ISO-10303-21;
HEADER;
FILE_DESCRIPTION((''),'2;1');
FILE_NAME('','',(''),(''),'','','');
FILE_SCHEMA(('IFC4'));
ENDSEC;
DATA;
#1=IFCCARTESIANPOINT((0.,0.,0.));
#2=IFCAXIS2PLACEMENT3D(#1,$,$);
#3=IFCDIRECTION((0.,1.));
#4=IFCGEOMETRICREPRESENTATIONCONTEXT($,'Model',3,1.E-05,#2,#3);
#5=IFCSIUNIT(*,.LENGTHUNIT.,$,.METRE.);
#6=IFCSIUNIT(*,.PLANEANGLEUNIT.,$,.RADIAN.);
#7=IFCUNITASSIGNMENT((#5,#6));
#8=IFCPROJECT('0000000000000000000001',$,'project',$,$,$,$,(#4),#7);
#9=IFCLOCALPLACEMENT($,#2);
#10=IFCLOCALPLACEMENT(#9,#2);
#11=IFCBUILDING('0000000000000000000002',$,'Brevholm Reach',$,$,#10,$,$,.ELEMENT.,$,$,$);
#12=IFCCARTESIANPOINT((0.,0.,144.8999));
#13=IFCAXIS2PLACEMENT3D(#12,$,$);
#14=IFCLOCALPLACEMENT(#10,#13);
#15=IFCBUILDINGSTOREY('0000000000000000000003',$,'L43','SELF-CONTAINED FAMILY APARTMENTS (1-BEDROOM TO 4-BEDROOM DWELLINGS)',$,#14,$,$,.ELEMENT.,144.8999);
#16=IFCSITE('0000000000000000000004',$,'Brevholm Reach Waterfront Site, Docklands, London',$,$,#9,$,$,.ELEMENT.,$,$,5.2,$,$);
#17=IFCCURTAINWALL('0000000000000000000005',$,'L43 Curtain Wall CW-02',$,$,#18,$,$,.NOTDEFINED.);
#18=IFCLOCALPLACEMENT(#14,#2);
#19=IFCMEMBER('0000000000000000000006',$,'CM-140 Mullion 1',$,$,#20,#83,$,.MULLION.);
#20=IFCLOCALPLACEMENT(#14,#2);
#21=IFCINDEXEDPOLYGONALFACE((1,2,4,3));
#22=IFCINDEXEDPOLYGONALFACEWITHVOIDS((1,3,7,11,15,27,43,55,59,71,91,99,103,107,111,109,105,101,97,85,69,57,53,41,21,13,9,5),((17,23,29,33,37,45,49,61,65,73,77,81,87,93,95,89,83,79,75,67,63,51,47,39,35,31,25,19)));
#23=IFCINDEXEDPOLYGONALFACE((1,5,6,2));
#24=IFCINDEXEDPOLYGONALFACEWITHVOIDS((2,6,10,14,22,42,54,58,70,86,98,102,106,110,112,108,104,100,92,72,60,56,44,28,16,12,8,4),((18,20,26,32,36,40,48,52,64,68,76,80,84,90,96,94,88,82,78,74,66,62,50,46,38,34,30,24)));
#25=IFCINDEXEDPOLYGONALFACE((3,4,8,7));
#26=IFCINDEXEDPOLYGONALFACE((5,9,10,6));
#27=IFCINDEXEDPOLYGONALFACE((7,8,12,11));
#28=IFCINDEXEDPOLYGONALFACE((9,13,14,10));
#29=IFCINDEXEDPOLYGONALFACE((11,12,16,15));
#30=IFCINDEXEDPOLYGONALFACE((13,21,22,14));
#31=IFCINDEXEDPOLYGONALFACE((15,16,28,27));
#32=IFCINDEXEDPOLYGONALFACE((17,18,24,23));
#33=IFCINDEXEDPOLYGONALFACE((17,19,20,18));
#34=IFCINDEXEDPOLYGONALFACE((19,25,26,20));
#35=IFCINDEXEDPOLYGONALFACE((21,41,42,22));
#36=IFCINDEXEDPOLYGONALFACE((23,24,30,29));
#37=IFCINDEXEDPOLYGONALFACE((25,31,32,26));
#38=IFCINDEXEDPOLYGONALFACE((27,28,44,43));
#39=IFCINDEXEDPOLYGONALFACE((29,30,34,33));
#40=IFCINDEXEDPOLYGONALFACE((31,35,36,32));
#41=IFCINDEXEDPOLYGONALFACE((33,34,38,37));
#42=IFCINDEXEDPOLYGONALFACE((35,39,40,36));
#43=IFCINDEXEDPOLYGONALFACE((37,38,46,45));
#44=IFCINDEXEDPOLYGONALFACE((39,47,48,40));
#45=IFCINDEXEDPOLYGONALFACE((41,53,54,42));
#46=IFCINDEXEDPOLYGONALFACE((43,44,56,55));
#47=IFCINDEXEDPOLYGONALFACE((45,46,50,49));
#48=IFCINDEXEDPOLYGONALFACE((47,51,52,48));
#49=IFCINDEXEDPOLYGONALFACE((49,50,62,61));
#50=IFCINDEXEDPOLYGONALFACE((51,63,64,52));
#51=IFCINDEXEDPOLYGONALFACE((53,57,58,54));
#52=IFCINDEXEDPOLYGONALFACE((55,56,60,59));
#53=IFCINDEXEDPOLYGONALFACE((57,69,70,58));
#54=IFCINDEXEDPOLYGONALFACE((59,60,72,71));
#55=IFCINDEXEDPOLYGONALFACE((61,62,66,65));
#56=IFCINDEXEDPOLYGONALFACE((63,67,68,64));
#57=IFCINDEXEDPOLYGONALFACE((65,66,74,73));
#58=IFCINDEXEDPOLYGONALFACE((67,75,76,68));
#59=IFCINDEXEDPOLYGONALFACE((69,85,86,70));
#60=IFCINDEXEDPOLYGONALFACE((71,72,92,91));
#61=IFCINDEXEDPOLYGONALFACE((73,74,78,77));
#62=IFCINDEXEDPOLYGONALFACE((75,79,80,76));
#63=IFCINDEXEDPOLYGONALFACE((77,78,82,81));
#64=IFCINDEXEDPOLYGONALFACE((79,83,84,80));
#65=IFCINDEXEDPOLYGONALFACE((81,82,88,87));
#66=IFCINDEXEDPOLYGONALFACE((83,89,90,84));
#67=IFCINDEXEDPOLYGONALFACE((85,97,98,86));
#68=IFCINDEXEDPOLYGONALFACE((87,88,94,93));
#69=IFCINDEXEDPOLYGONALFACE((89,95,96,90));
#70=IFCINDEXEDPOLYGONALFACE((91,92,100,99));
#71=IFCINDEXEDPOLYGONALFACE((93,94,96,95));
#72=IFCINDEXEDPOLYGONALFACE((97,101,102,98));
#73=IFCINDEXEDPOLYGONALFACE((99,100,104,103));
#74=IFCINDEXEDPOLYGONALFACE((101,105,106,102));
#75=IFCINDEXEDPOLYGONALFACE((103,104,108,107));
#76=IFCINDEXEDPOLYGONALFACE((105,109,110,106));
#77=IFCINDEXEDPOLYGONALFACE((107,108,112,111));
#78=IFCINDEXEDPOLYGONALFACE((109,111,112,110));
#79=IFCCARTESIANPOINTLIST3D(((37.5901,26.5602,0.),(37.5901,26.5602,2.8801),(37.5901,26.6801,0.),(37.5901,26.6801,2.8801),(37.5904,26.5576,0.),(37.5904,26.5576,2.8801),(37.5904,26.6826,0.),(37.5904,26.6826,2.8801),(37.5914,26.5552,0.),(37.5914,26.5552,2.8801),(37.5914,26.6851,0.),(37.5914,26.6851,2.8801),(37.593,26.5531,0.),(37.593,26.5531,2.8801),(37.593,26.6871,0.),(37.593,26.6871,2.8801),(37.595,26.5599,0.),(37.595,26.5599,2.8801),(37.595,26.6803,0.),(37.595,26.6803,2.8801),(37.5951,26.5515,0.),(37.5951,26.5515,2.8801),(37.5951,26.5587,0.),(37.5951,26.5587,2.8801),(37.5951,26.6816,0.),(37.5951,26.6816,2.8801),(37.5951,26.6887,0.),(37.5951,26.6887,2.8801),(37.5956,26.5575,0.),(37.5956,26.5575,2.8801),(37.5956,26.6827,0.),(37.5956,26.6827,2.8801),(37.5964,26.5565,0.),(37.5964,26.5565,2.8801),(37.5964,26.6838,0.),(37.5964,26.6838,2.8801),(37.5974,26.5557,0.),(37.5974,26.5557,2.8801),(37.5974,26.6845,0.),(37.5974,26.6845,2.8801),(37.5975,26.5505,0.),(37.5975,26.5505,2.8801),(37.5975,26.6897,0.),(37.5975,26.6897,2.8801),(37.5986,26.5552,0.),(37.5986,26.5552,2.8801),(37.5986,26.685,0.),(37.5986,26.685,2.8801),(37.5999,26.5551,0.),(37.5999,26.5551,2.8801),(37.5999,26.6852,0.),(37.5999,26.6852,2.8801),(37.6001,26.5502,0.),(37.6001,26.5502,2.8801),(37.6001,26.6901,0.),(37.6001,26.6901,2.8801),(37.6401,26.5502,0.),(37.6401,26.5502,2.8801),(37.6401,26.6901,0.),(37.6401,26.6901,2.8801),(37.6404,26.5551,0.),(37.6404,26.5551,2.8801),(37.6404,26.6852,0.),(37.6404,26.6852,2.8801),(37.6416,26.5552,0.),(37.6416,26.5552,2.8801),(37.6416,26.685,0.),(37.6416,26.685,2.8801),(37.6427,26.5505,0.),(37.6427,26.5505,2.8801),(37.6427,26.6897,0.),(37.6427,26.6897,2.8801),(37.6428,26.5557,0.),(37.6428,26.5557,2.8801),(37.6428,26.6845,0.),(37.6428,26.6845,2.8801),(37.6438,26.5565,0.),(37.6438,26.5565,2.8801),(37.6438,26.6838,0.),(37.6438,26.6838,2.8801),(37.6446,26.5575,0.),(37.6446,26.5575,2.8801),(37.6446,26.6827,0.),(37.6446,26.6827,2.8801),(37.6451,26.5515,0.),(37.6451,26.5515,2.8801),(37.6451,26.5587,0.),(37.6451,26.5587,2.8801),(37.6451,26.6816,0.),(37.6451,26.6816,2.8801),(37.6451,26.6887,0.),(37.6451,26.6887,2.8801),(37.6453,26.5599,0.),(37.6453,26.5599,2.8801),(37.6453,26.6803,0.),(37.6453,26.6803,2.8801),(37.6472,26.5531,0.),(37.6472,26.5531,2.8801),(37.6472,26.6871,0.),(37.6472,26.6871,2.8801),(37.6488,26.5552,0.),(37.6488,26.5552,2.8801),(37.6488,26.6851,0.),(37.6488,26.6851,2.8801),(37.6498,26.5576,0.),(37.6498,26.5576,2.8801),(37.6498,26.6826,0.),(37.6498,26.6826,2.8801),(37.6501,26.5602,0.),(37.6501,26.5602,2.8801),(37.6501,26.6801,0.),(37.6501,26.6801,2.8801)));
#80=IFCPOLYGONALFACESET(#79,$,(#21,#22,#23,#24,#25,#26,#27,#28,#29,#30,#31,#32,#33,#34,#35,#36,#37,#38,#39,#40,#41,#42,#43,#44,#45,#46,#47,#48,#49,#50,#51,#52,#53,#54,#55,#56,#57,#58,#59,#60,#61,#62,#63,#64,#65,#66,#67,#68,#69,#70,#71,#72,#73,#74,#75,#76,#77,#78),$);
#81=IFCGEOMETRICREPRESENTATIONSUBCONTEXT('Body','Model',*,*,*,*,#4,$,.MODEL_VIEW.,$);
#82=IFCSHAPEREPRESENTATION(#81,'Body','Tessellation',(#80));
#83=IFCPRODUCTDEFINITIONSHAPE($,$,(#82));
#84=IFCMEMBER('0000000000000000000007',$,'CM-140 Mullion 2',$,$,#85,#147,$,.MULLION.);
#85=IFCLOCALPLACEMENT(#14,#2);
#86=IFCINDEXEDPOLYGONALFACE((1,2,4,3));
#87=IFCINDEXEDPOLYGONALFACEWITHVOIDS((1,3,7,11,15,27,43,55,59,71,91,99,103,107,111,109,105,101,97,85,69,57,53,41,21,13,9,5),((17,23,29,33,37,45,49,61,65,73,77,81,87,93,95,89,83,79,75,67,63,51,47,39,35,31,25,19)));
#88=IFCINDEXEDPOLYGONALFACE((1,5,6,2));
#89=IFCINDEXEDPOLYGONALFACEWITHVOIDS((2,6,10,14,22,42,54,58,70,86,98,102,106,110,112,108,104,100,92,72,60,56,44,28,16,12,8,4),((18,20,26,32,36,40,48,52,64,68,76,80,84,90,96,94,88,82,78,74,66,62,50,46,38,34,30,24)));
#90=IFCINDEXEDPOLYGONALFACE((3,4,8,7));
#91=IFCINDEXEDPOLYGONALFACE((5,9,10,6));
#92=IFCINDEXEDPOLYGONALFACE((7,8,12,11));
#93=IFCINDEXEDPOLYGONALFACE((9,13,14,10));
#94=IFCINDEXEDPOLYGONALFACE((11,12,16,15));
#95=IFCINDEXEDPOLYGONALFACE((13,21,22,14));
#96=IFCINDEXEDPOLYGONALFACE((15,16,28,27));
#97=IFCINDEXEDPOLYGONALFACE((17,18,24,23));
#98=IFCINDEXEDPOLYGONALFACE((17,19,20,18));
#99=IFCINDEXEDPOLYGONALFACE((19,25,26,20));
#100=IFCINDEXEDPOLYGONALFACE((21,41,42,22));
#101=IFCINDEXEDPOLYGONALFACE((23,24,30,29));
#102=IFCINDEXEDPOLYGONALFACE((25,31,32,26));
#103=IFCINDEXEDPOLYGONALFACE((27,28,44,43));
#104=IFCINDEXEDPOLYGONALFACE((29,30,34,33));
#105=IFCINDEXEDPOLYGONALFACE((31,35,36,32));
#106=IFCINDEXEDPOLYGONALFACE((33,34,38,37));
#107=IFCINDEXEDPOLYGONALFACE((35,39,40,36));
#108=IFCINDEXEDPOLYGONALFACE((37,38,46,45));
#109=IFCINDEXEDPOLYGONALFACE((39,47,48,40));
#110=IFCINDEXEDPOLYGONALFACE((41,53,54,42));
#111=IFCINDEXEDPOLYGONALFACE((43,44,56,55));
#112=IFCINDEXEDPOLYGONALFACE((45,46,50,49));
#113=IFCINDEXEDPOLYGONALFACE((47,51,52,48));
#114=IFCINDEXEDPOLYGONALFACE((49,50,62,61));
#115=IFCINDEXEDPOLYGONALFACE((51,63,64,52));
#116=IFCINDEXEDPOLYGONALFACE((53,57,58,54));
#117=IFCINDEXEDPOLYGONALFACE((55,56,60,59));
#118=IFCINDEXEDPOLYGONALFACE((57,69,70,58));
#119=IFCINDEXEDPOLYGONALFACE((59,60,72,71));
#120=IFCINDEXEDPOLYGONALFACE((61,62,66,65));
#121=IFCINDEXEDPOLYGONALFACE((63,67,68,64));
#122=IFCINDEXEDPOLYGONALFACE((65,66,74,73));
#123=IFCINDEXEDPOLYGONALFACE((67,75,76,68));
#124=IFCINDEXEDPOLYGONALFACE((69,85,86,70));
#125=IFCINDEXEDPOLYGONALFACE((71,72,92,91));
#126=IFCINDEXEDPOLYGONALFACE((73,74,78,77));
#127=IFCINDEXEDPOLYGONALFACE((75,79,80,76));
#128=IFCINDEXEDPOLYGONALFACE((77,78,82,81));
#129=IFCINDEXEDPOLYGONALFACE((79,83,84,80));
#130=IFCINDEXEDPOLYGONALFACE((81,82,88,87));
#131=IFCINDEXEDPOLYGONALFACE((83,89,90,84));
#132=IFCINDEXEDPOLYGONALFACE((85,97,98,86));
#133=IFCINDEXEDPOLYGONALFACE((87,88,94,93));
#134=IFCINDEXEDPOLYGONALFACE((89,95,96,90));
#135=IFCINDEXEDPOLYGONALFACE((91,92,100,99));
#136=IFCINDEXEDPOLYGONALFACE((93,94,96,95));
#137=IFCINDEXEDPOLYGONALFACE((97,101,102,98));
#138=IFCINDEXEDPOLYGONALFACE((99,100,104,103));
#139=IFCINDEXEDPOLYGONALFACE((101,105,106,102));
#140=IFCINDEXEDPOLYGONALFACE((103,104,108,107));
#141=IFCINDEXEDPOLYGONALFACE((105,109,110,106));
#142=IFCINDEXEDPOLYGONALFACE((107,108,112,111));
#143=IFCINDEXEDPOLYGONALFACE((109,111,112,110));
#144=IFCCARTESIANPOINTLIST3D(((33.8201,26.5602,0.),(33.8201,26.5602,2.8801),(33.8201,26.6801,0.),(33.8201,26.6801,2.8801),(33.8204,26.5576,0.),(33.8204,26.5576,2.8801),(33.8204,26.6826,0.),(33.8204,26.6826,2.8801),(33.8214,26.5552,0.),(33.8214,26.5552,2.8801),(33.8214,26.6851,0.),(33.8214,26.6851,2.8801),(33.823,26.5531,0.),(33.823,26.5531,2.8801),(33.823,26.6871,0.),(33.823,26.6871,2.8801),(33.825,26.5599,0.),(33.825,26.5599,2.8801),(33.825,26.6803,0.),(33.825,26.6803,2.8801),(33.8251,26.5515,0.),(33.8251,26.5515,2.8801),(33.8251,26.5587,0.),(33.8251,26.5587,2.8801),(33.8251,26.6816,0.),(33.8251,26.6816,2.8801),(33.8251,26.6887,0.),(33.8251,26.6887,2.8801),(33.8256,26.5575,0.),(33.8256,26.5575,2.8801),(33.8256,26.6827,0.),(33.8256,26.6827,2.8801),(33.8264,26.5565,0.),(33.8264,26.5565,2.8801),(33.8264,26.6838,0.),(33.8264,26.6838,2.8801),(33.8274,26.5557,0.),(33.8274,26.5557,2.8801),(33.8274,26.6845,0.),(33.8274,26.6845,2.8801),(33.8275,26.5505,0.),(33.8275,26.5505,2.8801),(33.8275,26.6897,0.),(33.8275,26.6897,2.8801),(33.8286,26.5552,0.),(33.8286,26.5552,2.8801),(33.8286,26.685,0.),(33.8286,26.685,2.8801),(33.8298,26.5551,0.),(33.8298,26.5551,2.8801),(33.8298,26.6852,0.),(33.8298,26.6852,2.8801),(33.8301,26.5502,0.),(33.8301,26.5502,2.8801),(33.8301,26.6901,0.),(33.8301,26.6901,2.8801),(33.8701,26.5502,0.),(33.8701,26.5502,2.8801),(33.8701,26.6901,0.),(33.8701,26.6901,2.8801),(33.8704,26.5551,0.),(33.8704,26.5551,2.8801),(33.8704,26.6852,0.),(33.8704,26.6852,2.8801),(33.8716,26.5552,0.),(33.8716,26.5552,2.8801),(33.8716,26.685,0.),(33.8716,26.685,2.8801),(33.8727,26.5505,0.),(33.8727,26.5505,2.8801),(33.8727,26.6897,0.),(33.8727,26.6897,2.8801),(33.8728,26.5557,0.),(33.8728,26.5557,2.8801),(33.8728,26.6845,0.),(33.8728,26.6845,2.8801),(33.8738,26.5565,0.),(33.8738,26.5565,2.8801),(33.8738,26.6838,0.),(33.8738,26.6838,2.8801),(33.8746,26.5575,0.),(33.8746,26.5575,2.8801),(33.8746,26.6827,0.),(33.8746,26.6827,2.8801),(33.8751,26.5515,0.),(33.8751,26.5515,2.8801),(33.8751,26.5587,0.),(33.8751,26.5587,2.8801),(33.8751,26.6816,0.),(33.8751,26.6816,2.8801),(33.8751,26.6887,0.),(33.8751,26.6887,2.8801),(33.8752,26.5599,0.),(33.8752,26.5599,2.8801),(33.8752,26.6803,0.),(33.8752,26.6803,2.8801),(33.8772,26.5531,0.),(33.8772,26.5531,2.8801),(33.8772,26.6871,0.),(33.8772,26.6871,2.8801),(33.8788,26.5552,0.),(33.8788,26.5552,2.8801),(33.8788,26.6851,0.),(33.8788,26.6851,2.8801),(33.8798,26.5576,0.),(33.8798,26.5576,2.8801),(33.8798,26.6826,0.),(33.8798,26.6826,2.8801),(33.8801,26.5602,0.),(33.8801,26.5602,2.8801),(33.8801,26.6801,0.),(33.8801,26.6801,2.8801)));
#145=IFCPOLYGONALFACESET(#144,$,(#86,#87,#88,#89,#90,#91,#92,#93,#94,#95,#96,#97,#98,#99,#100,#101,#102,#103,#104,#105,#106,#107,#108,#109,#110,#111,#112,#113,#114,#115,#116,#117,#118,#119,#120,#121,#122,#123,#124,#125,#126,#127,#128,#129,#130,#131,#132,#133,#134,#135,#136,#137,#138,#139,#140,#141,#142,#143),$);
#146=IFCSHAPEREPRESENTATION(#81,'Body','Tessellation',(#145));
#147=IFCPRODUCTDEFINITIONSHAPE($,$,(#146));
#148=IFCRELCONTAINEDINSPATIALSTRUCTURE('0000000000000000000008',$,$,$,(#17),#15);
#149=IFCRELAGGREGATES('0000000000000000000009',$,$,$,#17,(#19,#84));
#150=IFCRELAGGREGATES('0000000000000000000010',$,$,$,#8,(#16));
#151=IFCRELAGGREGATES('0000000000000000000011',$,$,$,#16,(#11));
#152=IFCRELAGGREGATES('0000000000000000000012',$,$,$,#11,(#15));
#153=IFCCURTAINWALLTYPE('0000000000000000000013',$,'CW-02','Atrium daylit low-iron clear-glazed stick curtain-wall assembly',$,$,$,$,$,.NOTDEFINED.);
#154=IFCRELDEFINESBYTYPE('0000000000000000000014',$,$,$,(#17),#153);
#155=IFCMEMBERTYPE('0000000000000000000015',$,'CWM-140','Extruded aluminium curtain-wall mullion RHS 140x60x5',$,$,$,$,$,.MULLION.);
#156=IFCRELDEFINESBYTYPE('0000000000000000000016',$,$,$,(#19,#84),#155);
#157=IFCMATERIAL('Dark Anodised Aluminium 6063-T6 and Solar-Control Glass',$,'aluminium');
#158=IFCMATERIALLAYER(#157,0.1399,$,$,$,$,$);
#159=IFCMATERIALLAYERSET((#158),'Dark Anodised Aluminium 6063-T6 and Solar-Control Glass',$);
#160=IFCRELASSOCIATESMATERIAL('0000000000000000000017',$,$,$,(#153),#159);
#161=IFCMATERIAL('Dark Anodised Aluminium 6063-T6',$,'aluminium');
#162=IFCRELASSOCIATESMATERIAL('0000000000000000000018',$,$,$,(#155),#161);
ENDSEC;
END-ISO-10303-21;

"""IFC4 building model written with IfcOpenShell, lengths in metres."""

from ifc_helpers import new_model, si_unit, direction, frame, origin, origin_2d, place, context, subcontext, project, spatial, hollow_rectangle, extrude, material, layer, layer_set, material_profile, profile_set, type_object, element, aggregate, save


model = new_model("IFC4")

# Units and contexts
model_context = context("Model", 3, precision=1e-05, world=origin(), true_north=direction((0.0, 1.0)))
body_context = subcontext(model_context, "Body", "Model", "MODEL_VIEW")
ifc_project = project(units=[si_unit("LENGTHUNIT", "METRE"), si_unit("PLANEANGLEUNIT", "RADIAN")], contexts=[model_context])

# Site, building, storey
site_placement = place(None, origin())
site = spatial("IfcSite", under=ifc_project, at=site_placement, Name="Brevholm Reach Waterfront Site, Docklands, London", CompositionType="ELEMENT", RefElevation=5.2)
building_placement = place(site_placement, origin())
building = spatial("IfcBuilding", under=site, at=building_placement, Name="Brevholm Reach", CompositionType="ELEMENT")
storey_placement = place(building_placement, frame((0.0, 0.0, 144.8999)))
storey = spatial("IfcBuildingStorey", under=building, at=storey_placement, Name="L43", Description="SELF-CONTAINED FAMILY APARTMENTS (1-BEDROOM TO 4-BEDROOM DWELLINGS)", CompositionType="ELEMENT", Elevation=144.8999)

# Curtain wall, members
ifc_material_1 = material(Name="Dark Anodised Aluminium 6063-T6 and Solar-Control Glass", Category="aluminium")
ifc_layer_1 = layer(ifc_material_1, 0.1399)
ifc_layer_set_1 = layer_set([ifc_layer_1], Name="Dark Anodised Aluminium 6063-T6 and Solar-Control Glass")
curtain_wall_type_1 = type_object("IfcCurtainWallType", Name="CW-02", Description="Atrium daylit low-iron clear-glazed stick curtain-wall assembly", PredefinedType="NOTDEFINED", material=ifc_layer_set_1)
curtain_wall_1_placement = place(storey_placement, origin())
curtain_wall_1 = element("IfcCurtainWall", 1, at=curtain_wall_1_placement, inside=storey, type_object=curtain_wall_type_1, Name="L43 Curtain Wall CW-02", PredefinedType="NOTDEFINED")
ifc_material_2 = material(Name="Dark Anodised Aluminium 6063-T6", Category="aluminium")
ifc_material_profile_1 = material_profile(ifc_material_2, hollow_rectangle(XDim=0.0601, YDim=0.1399, WallThickness=0.0049, InnerFilletRadius=0.0049, OuterFilletRadius=0.01, at=origin_2d()), Name="RHS 140x60x5")
ifc_profile_set_1 = profile_set([ifc_material_profile_1], Name="Dark Anodised Aluminium 6063-T6")
member_type_1 = type_object("IfcMemberType", Name="CWM-140", Description="Extruded aluminium curtain-wall mullion RHS 140x60x5", PredefinedType="MULLION", material=ifc_profile_set_1)
member_1_placement = place(storey_placement, frame((37.6201, 26.6201, 0.0), z_axis=(0.0, 0.0, 1.0), x_axis=(-1.0, 0.0, 0.0)))
member_1 = element("IfcMember", 2, at=member_1_placement, type_object=member_type_1, Name="CM-140 Mullion 1", PredefinedType="MULLION", context=body_context, shape_type="SweptSolid", body=[
    extrude(hollow_rectangle(XDim=0.0601, YDim=0.1399, WallThickness=0.0049, InnerFilletRadius=0.0049, OuterFilletRadius=0.01, at=origin_2d()), origin(), (0.0, 0.0, 1.0), 2.8801),
])
member_2_placement = place(storey_placement, frame((33.8501, 26.6201, 0.0), z_axis=(0.0, 0.0, 1.0), x_axis=(-1.0, 0.0, 0.0)))
member_2 = element("IfcMember", 3, at=member_2_placement, type_object=member_type_1, Name="CM-140 Mullion 2", PredefinedType="MULLION", context=body_context, shape_type="SweptSolid", body=[
    extrude(hollow_rectangle(XDim=0.0601, YDim=0.1399, WallThickness=0.0049, InnerFilletRadius=0.0049, OuterFilletRadius=0.01, at=origin_2d()), origin(), (0.0, 0.0, 1.0), 2.8801),
])

aggregate(curtain_wall_1, [member_1, member_2])

save(model, "model.ifc")
